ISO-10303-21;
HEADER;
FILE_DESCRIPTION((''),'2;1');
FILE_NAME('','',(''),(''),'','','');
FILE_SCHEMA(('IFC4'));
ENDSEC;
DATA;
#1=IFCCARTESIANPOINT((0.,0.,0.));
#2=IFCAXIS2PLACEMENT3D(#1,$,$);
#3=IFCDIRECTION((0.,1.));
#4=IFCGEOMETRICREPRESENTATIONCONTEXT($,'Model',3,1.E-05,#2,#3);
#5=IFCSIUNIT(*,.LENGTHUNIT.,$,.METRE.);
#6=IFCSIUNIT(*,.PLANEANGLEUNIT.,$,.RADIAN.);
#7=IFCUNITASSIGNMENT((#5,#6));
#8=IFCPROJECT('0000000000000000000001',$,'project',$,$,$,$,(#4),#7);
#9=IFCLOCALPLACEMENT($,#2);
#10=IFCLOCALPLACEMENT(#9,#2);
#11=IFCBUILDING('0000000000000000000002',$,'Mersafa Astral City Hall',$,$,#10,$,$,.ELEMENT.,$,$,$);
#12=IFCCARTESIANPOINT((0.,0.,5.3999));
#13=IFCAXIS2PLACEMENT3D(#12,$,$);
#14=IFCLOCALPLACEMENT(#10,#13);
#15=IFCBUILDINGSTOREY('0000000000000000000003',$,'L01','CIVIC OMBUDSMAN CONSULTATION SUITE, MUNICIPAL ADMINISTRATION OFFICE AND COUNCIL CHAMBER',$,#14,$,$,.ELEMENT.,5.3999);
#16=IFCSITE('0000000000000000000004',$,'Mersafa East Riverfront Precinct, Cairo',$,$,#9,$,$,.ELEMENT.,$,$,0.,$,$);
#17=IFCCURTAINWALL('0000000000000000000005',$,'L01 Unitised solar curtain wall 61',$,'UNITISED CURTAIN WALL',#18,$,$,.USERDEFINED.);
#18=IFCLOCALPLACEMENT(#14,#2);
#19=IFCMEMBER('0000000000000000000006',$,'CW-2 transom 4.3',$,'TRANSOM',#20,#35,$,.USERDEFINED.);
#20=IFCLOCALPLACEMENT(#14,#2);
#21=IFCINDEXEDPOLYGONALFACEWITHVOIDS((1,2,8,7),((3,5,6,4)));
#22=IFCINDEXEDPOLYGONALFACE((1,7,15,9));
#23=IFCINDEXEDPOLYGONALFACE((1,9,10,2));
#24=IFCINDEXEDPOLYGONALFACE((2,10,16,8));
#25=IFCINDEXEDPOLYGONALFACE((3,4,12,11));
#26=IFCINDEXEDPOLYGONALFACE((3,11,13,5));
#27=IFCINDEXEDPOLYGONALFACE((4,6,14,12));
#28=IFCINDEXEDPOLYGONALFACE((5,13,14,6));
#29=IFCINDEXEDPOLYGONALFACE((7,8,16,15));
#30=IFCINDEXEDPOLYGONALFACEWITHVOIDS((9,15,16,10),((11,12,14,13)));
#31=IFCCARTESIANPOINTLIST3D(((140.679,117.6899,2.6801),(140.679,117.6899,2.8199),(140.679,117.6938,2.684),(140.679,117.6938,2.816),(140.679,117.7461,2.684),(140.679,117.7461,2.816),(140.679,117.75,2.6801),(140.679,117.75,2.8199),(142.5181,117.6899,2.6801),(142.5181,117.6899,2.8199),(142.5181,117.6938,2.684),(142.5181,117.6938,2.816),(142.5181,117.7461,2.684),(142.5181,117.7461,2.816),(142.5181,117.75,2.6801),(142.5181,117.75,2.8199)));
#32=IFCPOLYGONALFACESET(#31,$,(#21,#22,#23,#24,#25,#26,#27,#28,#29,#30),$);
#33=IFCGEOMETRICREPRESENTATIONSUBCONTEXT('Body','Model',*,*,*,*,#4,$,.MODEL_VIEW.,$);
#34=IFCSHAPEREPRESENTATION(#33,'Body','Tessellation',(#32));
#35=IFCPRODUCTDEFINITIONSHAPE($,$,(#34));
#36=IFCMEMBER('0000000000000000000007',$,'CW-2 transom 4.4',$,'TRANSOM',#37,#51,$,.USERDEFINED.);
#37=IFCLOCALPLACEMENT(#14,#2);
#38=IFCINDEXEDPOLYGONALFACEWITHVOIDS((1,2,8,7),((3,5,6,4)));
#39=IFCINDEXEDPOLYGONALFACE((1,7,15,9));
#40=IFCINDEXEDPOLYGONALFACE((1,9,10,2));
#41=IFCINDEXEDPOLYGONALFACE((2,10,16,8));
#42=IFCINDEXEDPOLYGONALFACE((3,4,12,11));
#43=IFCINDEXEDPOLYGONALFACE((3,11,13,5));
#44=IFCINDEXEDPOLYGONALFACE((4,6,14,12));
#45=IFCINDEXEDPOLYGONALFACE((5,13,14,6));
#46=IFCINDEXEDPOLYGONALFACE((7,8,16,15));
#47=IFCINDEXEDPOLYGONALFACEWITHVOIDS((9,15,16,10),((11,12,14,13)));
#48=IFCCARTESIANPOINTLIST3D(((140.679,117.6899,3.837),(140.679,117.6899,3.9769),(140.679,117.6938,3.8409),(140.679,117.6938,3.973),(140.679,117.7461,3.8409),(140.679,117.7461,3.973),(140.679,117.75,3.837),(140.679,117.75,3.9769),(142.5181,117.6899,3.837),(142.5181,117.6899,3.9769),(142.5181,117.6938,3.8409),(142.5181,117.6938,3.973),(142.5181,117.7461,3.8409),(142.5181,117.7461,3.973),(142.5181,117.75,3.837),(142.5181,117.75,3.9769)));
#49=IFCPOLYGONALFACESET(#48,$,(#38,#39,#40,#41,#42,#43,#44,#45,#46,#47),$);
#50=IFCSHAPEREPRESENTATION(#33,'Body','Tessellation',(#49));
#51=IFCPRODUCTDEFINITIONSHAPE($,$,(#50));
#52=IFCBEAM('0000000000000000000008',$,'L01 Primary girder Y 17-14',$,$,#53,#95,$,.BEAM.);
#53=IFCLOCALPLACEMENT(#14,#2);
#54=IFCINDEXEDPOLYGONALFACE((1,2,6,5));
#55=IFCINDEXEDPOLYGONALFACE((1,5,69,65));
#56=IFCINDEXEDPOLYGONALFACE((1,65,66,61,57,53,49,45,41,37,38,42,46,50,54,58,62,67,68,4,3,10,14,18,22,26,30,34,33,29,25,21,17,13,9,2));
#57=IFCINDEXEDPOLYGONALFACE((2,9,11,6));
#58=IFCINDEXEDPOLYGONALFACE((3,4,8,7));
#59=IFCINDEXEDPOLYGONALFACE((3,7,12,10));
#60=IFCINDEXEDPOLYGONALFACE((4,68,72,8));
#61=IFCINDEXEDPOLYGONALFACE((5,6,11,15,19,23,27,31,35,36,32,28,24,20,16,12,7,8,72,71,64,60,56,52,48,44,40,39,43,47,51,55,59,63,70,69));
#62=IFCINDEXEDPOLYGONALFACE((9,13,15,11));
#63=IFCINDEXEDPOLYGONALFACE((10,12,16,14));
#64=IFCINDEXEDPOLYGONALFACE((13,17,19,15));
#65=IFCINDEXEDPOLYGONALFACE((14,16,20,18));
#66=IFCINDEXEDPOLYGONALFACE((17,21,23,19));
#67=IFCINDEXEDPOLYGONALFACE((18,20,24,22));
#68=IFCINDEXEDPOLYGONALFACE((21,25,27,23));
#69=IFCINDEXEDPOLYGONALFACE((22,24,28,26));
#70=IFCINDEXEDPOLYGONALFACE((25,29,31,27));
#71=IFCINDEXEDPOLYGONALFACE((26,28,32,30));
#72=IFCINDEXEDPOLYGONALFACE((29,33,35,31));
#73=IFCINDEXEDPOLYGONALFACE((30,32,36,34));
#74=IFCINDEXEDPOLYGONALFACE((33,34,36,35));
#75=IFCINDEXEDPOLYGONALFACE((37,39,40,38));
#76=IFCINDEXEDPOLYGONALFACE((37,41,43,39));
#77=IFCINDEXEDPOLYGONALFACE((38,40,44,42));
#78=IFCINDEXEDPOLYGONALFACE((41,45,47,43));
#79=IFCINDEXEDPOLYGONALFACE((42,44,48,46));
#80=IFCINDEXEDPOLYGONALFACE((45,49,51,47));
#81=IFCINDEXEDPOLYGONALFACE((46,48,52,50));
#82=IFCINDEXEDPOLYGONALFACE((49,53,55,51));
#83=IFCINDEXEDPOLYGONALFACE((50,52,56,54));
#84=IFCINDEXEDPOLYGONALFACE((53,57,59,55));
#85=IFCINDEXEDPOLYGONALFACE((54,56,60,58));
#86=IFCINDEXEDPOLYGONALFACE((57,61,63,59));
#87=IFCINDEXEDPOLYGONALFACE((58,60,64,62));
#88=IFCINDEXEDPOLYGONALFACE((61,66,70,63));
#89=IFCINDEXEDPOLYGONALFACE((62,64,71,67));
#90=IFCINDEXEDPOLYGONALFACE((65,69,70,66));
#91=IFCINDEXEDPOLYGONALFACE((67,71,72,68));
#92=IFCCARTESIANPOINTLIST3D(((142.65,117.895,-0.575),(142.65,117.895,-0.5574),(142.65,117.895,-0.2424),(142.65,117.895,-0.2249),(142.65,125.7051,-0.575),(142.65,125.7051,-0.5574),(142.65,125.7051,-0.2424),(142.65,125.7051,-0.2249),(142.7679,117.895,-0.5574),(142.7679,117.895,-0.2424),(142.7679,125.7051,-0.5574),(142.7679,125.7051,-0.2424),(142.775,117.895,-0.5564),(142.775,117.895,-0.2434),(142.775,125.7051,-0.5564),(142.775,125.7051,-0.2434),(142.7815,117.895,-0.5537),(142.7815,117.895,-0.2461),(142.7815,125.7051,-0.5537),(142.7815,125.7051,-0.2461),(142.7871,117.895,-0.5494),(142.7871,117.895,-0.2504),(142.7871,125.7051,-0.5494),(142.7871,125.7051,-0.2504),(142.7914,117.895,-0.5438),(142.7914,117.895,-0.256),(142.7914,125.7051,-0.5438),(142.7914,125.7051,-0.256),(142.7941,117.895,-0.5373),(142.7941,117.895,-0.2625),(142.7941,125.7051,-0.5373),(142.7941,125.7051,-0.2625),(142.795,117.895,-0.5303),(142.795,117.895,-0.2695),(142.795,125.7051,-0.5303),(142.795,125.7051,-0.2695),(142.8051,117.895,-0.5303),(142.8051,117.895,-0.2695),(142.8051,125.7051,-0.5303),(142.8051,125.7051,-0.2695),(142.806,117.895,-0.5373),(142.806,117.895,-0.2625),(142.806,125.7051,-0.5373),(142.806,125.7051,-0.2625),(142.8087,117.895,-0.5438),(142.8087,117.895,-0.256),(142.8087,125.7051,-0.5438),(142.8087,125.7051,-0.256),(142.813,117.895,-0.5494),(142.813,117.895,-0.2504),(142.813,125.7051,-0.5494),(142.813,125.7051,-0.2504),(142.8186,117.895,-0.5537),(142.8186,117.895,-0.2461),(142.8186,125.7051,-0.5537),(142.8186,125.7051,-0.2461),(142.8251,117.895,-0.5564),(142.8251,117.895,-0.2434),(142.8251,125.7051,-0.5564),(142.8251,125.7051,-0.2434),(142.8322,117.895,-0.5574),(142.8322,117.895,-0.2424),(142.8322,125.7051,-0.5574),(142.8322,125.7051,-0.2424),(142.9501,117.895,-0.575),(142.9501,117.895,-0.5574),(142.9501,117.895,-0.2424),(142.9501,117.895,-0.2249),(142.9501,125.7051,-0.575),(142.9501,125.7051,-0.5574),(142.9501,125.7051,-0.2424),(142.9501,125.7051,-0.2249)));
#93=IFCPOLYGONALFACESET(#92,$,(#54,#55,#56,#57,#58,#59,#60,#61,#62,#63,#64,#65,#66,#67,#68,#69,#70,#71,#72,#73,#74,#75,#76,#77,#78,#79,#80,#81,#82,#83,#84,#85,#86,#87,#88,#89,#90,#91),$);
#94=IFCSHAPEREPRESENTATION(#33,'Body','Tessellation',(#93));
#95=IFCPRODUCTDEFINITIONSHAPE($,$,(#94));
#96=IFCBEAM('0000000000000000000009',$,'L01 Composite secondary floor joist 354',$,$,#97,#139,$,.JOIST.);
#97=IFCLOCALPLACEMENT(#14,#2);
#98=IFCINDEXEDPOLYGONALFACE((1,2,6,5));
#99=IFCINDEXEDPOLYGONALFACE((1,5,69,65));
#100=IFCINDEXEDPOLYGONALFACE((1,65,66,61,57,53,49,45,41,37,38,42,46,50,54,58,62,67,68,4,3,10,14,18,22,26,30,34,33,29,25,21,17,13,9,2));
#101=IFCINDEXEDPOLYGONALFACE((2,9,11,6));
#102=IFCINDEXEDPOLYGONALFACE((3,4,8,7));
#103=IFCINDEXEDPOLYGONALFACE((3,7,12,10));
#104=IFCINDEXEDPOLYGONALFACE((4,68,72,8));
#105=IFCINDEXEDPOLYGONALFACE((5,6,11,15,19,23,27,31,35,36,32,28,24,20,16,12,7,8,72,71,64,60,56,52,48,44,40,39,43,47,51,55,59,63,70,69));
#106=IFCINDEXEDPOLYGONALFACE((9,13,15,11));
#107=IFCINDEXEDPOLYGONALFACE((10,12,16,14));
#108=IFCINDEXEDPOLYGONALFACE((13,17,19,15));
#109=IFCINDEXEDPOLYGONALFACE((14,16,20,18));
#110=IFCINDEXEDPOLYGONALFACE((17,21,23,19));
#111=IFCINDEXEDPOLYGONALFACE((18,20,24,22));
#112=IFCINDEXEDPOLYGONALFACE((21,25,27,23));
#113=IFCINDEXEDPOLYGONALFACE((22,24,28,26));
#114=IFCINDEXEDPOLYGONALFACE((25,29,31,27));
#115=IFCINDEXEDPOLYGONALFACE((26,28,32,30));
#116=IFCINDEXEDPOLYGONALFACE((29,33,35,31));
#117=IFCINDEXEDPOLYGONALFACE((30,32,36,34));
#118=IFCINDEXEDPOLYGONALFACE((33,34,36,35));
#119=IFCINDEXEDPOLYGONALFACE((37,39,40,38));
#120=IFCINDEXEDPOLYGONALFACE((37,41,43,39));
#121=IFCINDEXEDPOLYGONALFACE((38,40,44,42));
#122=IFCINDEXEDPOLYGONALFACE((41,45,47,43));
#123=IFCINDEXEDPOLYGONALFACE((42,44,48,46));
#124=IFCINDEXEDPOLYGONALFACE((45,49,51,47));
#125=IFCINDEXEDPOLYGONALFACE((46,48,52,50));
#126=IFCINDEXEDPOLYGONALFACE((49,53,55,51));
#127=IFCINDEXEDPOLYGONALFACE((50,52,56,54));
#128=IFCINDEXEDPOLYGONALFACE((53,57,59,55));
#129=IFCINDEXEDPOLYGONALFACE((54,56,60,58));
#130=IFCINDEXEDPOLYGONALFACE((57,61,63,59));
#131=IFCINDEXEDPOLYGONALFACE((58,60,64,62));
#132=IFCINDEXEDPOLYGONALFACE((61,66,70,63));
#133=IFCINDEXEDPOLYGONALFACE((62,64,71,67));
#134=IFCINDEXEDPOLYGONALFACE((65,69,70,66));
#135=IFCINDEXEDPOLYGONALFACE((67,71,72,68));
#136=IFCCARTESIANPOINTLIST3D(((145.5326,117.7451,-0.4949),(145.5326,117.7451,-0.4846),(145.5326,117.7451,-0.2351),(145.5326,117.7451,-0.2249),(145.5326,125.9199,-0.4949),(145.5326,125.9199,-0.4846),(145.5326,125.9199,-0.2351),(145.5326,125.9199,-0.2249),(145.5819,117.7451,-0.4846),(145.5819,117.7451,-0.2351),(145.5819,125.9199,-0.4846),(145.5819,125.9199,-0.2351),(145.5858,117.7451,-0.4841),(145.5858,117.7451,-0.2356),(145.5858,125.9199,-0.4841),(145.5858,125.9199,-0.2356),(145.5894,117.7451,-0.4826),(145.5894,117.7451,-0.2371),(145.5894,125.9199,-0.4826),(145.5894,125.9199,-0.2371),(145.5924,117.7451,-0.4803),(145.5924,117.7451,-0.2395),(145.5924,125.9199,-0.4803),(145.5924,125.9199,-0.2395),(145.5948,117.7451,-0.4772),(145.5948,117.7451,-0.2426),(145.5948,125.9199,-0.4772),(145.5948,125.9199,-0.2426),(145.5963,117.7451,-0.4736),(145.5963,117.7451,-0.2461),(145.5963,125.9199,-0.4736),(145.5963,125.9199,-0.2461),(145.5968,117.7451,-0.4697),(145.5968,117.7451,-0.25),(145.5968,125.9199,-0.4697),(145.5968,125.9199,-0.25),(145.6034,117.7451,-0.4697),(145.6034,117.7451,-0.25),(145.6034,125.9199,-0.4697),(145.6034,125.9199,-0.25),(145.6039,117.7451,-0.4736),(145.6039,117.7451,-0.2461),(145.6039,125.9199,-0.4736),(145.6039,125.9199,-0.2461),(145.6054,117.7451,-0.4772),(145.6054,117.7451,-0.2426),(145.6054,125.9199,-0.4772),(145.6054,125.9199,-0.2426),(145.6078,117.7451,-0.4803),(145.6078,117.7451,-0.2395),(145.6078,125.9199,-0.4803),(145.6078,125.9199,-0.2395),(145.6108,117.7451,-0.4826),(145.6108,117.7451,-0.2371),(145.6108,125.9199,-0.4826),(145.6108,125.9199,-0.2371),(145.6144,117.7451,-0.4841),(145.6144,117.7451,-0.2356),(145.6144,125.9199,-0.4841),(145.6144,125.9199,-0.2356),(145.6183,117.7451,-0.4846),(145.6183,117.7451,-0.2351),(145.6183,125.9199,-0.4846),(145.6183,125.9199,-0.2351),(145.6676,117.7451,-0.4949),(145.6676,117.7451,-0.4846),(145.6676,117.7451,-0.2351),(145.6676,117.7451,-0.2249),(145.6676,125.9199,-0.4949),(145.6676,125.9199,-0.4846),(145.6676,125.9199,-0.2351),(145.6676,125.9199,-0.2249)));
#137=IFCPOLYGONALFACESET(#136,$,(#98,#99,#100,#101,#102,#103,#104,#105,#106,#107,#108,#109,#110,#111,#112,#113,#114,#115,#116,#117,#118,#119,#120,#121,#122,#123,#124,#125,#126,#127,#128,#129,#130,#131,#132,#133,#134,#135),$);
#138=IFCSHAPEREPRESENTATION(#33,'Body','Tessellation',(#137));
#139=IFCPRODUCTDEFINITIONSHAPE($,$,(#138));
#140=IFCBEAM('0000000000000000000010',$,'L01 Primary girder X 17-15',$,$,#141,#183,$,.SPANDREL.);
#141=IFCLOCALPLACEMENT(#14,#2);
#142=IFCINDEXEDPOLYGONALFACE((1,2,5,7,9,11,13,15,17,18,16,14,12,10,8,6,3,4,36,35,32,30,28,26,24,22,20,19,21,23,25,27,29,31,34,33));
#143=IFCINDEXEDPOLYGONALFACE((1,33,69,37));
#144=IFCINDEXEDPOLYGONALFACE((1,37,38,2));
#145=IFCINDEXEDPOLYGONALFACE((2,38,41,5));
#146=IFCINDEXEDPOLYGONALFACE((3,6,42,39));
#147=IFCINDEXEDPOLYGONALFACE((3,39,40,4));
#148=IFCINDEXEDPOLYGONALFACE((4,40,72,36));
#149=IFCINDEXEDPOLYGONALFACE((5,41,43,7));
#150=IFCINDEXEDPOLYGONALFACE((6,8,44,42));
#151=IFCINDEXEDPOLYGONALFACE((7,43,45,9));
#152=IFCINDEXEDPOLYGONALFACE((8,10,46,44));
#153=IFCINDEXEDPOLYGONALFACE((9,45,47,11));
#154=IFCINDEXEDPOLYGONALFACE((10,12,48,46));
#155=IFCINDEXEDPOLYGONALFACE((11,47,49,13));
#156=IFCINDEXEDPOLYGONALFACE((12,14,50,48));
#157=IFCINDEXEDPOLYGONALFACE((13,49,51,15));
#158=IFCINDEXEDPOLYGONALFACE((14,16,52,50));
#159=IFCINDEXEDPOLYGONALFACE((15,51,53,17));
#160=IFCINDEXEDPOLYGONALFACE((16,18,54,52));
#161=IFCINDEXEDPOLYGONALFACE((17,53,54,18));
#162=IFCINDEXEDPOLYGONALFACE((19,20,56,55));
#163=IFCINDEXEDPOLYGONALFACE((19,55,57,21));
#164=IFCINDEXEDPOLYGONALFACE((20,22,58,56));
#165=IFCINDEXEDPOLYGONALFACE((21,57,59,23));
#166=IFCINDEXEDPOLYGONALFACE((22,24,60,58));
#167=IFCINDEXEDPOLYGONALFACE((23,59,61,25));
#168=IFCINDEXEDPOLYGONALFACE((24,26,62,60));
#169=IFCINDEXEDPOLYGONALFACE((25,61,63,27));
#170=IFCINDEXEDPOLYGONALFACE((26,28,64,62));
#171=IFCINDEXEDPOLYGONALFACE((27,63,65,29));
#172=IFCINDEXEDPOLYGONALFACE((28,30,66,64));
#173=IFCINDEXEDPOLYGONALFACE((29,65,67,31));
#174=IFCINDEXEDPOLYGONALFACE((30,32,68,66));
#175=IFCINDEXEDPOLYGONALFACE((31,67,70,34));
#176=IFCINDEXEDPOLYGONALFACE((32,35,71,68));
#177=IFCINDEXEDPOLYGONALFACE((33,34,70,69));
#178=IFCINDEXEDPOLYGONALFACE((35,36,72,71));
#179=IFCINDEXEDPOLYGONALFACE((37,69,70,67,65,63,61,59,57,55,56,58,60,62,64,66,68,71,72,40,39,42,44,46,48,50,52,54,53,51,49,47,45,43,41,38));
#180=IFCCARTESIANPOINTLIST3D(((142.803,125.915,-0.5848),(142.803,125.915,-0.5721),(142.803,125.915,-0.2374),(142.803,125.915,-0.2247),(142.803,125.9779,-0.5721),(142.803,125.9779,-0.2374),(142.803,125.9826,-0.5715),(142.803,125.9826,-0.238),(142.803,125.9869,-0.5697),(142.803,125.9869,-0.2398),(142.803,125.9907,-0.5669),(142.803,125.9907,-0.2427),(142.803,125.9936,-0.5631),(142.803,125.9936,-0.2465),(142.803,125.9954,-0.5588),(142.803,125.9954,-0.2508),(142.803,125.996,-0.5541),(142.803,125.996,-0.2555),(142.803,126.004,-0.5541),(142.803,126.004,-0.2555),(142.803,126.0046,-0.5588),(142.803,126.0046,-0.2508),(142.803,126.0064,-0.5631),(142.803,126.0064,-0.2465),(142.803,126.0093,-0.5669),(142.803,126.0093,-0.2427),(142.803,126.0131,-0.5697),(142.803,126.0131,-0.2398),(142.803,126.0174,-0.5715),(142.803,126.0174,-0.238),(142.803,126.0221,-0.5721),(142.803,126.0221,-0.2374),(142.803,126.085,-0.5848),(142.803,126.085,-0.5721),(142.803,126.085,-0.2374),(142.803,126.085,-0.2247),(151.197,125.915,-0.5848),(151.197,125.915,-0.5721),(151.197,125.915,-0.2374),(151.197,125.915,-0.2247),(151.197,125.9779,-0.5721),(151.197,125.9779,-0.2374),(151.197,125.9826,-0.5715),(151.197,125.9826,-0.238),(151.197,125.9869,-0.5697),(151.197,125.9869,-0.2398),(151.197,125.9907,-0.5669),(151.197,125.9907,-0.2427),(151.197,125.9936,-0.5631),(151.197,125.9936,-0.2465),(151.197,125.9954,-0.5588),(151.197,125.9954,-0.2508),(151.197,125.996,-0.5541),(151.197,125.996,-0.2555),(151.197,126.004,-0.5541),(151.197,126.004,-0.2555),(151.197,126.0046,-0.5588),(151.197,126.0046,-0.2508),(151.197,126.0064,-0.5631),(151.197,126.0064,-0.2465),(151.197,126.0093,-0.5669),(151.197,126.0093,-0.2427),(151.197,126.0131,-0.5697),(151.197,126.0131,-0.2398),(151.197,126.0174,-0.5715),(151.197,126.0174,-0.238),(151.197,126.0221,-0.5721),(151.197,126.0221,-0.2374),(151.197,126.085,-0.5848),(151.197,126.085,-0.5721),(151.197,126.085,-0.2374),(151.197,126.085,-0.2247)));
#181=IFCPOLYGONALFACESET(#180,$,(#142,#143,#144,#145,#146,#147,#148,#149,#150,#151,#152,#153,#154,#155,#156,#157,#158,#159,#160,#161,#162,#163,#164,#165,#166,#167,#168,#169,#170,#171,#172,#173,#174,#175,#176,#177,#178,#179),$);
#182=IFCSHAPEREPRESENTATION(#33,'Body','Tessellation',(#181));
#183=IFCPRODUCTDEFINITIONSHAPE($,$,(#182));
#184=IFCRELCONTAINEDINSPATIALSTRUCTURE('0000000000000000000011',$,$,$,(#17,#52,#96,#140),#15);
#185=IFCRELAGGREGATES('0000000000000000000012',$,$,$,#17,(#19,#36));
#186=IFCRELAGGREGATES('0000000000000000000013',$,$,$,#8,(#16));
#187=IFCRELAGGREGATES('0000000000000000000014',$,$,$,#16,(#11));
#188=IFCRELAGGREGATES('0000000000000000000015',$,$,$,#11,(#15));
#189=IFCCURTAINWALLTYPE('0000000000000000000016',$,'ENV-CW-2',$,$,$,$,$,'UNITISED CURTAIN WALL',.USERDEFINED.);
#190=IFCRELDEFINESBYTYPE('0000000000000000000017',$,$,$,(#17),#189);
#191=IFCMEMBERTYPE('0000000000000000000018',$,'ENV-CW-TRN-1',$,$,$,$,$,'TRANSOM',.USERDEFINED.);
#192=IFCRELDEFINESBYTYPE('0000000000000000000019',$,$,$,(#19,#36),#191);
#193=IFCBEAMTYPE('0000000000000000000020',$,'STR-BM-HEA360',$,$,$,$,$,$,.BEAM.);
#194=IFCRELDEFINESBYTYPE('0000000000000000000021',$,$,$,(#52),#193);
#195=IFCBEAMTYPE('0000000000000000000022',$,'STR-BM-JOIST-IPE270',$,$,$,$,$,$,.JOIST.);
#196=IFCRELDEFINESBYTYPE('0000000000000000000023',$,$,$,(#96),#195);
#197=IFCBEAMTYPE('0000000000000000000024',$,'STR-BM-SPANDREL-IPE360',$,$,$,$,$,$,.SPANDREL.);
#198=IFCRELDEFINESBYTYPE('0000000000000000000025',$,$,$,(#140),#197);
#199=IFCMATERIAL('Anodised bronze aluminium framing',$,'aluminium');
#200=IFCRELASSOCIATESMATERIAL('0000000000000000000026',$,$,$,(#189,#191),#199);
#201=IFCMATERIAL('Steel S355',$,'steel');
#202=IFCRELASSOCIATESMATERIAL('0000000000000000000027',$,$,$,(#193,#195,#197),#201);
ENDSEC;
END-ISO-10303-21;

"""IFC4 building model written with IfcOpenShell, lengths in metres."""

from ifc_helpers import new_model, si_unit, direction, frame, origin, origin_2d, place, context, subcontext, project, spatial, hollow_rectangle, i_section, extrude, material, material_profile, profile_set, type_object, element, aggregate, save


model = new_model("IFC4")

# Units and contexts
model_context = context("Model", 3, precision=1e-05, world=origin(), true_north=direction((0.0, 1.0)))
body_context = subcontext(model_context, "Body", "Model", "MODEL_VIEW")
ifc_project = project(units=[si_unit("LENGTHUNIT", "METRE"), si_unit("PLANEANGLEUNIT", "RADIAN")], contexts=[model_context])

# Site, building, storey
site_placement = place(None, origin())
site = spatial("IfcSite", under=ifc_project, at=site_placement, Name="Mersafa East Riverfront Precinct, Cairo", CompositionType="ELEMENT", RefElevation=0.0)
building_placement = place(site_placement, origin())
building = spatial("IfcBuilding", under=site, at=building_placement, Name="Mersafa Astral City Hall", CompositionType="ELEMENT")
storey_placement = place(building_placement, frame((0.0, 0.0, 5.3999)))
storey = spatial("IfcBuildingStorey", under=building, at=storey_placement, Name="L01", Description="CIVIC OMBUDSMAN CONSULTATION SUITE, MUNICIPAL ADMINISTRATION OFFICE AND COUNCIL CHAMBER", CompositionType="ELEMENT", Elevation=5.3999)

# Shared definitions
ifc_material_1 = material(Name="Steel S355", Category="steel")

# Curtain wall, members
ifc_material_2 = material(Name="Anodised bronze aluminium framing", Category="aluminium")
curtain_wall_type = type_object("IfcCurtainWallType", Name="ENV-CW-2", ElementType="UNITISED CURTAIN WALL", PredefinedType="USERDEFINED", material=ifc_material_2)
curtain_wall_placement = place(storey_placement, origin())
curtain_wall = element("IfcCurtainWall", 1, at=curtain_wall_placement, inside=storey, type_object=curtain_wall_type, Name="L01 Unitised solar curtain wall 61", ObjectType="UNITISED CURTAIN WALL", PredefinedType="USERDEFINED")
ifc_material_profile_1 = material_profile(ifc_material_2, hollow_rectangle(XDim=0.0601, YDim=0.1399, WallThickness=0.0039, at=origin_2d()), Name="RHS 60x140x4")
ifc_profile_set_1 = profile_set([ifc_material_profile_1], Name="Anodised bronze aluminium framing")
member_type_1 = type_object("IfcMemberType", Name="ENV-CW-TRN-1", ElementType="TRANSOM", PredefinedType="USERDEFINED", material=ifc_profile_set_1)
member_1_placement = place(storey_placement, frame((140.679, 117.72, 2.75), z_axis=(1.0, 0.0, 0.0), x_axis=(0.0, 1.0, 0.0)))
member_1 = element("IfcMember", 2, at=member_1_placement, type_object=member_type_1, Name="CW-2 transom 4.3", ObjectType="TRANSOM", PredefinedType="USERDEFINED", context=body_context, shape_type="SweptSolid", body=[
    extrude(hollow_rectangle(XDim=0.0601, YDim=0.1399, WallThickness=0.0039, at=origin_2d()), origin(), (0.0, 0.0, 1.0), 1.8391),
])
member_2_placement = place(storey_placement, frame((140.679, 117.72, 3.907), z_axis=(1.0, 0.0, 0.0), x_axis=(0.0, 1.0, 0.0)))
member_2 = element("IfcMember", 3, at=member_2_placement, type_object=member_type_1, Name="CW-2 transom 4.4", ObjectType="TRANSOM", PredefinedType="USERDEFINED", context=body_context, shape_type="SweptSolid", body=[
    extrude(hollow_rectangle(XDim=0.0601, YDim=0.1399, WallThickness=0.0039, at=origin_2d()), origin(), (0.0, 0.0, 1.0), 1.8391),
])

# Beams
ifc_material_profile_2 = material_profile(ifc_material_1, i_section(OverallWidth=0.3, OverallDepth=0.3501, WebThickness=0.01, FlangeThickness=0.0176, FilletRadius=0.0271, at=origin_2d()), Name="HEA 360")
ifc_profile_set_2 = profile_set([ifc_material_profile_2], Name="Steel S355")
beam_type_1 = type_object("IfcBeamType", Name="STR-BM-HEA360", PredefinedType="BEAM", material=ifc_profile_set_2)
beam_1_placement = place(storey_placement, frame((142.8, 117.895, -0.3999), z_axis=(0.0, 1.0, 0.0), x_axis=(-1.0, 0.0, 0.0)))
element("IfcBeam", 4, at=beam_1_placement, inside=storey, type_object=beam_type_1, Name="L01 Primary girder Y 17-14", PredefinedType="BEAM", context=body_context, shape_type="SweptSolid", body=[
    extrude(i_section(OverallWidth=0.3, OverallDepth=0.3501, WebThickness=0.01, FlangeThickness=0.0176, FilletRadius=0.0271, at=origin_2d()), origin(), (0.0, 0.0, 1.0), 7.8101),
])
ifc_material_profile_3 = material_profile(ifc_material_1, i_section(OverallWidth=0.135, OverallDepth=0.27, WebThickness=0.0066, FlangeThickness=0.0103, FilletRadius=0.0149, at=origin_2d()), Name="IPE 270")
ifc_profile_set_3 = profile_set([ifc_material_profile_3], Name="Steel S355")
beam_type_2 = type_object("IfcBeamType", Name="STR-BM-JOIST-IPE270", PredefinedType="JOIST", material=ifc_profile_set_3)
beam_2_placement = place(storey_placement, frame((145.6001, 117.7451, -0.3599), z_axis=(0.0, 1.0, 0.0), x_axis=(-1.0, 0.0, 0.0)))
element("IfcBeam", 5, at=beam_2_placement, inside=storey, type_object=beam_type_2, Name="L01 Composite secondary floor joist 354", PredefinedType="JOIST", context=body_context, shape_type="SweptSolid", body=[
    extrude(i_section(OverallWidth=0.135, OverallDepth=0.27, WebThickness=0.0066, FlangeThickness=0.0103, FilletRadius=0.0149, at=origin_2d()), origin(), (0.0, 0.0, 1.0), 8.1748),
])
ifc_material_profile_4 = material_profile(ifc_material_1, i_section(OverallWidth=0.1699, OverallDepth=0.3601, WebThickness=0.0081, FlangeThickness=0.0127, FilletRadius=0.0181, at=origin_2d()), Name="IPE 360")
ifc_profile_set_4 = profile_set([ifc_material_profile_4], Name="Steel S355")
beam_type_3 = type_object("IfcBeamType", Name="STR-BM-SPANDREL-IPE360", PredefinedType="SPANDREL", material=ifc_profile_set_4)
beam_3_placement = place(storey_placement, frame((142.803, 126.0, -0.4048), z_axis=(1.0, 0.0, 0.0), x_axis=(0.0, 1.0, 0.0)))
element("IfcBeam", 6, at=beam_3_placement, inside=storey, type_object=beam_type_3, Name="L01 Primary girder X 17-15", PredefinedType="SPANDREL", context=body_context, shape_type="SweptSolid", body=[
    extrude(i_section(OverallWidth=0.1699, OverallDepth=0.3601, WebThickness=0.0081, FlangeThickness=0.0127, FilletRadius=0.0181, at=origin_2d()), origin(), (0.0, 0.0, 1.0), 8.394),
])

aggregate(curtain_wall, [member_1, member_2])

save(model, "model.ifc")
